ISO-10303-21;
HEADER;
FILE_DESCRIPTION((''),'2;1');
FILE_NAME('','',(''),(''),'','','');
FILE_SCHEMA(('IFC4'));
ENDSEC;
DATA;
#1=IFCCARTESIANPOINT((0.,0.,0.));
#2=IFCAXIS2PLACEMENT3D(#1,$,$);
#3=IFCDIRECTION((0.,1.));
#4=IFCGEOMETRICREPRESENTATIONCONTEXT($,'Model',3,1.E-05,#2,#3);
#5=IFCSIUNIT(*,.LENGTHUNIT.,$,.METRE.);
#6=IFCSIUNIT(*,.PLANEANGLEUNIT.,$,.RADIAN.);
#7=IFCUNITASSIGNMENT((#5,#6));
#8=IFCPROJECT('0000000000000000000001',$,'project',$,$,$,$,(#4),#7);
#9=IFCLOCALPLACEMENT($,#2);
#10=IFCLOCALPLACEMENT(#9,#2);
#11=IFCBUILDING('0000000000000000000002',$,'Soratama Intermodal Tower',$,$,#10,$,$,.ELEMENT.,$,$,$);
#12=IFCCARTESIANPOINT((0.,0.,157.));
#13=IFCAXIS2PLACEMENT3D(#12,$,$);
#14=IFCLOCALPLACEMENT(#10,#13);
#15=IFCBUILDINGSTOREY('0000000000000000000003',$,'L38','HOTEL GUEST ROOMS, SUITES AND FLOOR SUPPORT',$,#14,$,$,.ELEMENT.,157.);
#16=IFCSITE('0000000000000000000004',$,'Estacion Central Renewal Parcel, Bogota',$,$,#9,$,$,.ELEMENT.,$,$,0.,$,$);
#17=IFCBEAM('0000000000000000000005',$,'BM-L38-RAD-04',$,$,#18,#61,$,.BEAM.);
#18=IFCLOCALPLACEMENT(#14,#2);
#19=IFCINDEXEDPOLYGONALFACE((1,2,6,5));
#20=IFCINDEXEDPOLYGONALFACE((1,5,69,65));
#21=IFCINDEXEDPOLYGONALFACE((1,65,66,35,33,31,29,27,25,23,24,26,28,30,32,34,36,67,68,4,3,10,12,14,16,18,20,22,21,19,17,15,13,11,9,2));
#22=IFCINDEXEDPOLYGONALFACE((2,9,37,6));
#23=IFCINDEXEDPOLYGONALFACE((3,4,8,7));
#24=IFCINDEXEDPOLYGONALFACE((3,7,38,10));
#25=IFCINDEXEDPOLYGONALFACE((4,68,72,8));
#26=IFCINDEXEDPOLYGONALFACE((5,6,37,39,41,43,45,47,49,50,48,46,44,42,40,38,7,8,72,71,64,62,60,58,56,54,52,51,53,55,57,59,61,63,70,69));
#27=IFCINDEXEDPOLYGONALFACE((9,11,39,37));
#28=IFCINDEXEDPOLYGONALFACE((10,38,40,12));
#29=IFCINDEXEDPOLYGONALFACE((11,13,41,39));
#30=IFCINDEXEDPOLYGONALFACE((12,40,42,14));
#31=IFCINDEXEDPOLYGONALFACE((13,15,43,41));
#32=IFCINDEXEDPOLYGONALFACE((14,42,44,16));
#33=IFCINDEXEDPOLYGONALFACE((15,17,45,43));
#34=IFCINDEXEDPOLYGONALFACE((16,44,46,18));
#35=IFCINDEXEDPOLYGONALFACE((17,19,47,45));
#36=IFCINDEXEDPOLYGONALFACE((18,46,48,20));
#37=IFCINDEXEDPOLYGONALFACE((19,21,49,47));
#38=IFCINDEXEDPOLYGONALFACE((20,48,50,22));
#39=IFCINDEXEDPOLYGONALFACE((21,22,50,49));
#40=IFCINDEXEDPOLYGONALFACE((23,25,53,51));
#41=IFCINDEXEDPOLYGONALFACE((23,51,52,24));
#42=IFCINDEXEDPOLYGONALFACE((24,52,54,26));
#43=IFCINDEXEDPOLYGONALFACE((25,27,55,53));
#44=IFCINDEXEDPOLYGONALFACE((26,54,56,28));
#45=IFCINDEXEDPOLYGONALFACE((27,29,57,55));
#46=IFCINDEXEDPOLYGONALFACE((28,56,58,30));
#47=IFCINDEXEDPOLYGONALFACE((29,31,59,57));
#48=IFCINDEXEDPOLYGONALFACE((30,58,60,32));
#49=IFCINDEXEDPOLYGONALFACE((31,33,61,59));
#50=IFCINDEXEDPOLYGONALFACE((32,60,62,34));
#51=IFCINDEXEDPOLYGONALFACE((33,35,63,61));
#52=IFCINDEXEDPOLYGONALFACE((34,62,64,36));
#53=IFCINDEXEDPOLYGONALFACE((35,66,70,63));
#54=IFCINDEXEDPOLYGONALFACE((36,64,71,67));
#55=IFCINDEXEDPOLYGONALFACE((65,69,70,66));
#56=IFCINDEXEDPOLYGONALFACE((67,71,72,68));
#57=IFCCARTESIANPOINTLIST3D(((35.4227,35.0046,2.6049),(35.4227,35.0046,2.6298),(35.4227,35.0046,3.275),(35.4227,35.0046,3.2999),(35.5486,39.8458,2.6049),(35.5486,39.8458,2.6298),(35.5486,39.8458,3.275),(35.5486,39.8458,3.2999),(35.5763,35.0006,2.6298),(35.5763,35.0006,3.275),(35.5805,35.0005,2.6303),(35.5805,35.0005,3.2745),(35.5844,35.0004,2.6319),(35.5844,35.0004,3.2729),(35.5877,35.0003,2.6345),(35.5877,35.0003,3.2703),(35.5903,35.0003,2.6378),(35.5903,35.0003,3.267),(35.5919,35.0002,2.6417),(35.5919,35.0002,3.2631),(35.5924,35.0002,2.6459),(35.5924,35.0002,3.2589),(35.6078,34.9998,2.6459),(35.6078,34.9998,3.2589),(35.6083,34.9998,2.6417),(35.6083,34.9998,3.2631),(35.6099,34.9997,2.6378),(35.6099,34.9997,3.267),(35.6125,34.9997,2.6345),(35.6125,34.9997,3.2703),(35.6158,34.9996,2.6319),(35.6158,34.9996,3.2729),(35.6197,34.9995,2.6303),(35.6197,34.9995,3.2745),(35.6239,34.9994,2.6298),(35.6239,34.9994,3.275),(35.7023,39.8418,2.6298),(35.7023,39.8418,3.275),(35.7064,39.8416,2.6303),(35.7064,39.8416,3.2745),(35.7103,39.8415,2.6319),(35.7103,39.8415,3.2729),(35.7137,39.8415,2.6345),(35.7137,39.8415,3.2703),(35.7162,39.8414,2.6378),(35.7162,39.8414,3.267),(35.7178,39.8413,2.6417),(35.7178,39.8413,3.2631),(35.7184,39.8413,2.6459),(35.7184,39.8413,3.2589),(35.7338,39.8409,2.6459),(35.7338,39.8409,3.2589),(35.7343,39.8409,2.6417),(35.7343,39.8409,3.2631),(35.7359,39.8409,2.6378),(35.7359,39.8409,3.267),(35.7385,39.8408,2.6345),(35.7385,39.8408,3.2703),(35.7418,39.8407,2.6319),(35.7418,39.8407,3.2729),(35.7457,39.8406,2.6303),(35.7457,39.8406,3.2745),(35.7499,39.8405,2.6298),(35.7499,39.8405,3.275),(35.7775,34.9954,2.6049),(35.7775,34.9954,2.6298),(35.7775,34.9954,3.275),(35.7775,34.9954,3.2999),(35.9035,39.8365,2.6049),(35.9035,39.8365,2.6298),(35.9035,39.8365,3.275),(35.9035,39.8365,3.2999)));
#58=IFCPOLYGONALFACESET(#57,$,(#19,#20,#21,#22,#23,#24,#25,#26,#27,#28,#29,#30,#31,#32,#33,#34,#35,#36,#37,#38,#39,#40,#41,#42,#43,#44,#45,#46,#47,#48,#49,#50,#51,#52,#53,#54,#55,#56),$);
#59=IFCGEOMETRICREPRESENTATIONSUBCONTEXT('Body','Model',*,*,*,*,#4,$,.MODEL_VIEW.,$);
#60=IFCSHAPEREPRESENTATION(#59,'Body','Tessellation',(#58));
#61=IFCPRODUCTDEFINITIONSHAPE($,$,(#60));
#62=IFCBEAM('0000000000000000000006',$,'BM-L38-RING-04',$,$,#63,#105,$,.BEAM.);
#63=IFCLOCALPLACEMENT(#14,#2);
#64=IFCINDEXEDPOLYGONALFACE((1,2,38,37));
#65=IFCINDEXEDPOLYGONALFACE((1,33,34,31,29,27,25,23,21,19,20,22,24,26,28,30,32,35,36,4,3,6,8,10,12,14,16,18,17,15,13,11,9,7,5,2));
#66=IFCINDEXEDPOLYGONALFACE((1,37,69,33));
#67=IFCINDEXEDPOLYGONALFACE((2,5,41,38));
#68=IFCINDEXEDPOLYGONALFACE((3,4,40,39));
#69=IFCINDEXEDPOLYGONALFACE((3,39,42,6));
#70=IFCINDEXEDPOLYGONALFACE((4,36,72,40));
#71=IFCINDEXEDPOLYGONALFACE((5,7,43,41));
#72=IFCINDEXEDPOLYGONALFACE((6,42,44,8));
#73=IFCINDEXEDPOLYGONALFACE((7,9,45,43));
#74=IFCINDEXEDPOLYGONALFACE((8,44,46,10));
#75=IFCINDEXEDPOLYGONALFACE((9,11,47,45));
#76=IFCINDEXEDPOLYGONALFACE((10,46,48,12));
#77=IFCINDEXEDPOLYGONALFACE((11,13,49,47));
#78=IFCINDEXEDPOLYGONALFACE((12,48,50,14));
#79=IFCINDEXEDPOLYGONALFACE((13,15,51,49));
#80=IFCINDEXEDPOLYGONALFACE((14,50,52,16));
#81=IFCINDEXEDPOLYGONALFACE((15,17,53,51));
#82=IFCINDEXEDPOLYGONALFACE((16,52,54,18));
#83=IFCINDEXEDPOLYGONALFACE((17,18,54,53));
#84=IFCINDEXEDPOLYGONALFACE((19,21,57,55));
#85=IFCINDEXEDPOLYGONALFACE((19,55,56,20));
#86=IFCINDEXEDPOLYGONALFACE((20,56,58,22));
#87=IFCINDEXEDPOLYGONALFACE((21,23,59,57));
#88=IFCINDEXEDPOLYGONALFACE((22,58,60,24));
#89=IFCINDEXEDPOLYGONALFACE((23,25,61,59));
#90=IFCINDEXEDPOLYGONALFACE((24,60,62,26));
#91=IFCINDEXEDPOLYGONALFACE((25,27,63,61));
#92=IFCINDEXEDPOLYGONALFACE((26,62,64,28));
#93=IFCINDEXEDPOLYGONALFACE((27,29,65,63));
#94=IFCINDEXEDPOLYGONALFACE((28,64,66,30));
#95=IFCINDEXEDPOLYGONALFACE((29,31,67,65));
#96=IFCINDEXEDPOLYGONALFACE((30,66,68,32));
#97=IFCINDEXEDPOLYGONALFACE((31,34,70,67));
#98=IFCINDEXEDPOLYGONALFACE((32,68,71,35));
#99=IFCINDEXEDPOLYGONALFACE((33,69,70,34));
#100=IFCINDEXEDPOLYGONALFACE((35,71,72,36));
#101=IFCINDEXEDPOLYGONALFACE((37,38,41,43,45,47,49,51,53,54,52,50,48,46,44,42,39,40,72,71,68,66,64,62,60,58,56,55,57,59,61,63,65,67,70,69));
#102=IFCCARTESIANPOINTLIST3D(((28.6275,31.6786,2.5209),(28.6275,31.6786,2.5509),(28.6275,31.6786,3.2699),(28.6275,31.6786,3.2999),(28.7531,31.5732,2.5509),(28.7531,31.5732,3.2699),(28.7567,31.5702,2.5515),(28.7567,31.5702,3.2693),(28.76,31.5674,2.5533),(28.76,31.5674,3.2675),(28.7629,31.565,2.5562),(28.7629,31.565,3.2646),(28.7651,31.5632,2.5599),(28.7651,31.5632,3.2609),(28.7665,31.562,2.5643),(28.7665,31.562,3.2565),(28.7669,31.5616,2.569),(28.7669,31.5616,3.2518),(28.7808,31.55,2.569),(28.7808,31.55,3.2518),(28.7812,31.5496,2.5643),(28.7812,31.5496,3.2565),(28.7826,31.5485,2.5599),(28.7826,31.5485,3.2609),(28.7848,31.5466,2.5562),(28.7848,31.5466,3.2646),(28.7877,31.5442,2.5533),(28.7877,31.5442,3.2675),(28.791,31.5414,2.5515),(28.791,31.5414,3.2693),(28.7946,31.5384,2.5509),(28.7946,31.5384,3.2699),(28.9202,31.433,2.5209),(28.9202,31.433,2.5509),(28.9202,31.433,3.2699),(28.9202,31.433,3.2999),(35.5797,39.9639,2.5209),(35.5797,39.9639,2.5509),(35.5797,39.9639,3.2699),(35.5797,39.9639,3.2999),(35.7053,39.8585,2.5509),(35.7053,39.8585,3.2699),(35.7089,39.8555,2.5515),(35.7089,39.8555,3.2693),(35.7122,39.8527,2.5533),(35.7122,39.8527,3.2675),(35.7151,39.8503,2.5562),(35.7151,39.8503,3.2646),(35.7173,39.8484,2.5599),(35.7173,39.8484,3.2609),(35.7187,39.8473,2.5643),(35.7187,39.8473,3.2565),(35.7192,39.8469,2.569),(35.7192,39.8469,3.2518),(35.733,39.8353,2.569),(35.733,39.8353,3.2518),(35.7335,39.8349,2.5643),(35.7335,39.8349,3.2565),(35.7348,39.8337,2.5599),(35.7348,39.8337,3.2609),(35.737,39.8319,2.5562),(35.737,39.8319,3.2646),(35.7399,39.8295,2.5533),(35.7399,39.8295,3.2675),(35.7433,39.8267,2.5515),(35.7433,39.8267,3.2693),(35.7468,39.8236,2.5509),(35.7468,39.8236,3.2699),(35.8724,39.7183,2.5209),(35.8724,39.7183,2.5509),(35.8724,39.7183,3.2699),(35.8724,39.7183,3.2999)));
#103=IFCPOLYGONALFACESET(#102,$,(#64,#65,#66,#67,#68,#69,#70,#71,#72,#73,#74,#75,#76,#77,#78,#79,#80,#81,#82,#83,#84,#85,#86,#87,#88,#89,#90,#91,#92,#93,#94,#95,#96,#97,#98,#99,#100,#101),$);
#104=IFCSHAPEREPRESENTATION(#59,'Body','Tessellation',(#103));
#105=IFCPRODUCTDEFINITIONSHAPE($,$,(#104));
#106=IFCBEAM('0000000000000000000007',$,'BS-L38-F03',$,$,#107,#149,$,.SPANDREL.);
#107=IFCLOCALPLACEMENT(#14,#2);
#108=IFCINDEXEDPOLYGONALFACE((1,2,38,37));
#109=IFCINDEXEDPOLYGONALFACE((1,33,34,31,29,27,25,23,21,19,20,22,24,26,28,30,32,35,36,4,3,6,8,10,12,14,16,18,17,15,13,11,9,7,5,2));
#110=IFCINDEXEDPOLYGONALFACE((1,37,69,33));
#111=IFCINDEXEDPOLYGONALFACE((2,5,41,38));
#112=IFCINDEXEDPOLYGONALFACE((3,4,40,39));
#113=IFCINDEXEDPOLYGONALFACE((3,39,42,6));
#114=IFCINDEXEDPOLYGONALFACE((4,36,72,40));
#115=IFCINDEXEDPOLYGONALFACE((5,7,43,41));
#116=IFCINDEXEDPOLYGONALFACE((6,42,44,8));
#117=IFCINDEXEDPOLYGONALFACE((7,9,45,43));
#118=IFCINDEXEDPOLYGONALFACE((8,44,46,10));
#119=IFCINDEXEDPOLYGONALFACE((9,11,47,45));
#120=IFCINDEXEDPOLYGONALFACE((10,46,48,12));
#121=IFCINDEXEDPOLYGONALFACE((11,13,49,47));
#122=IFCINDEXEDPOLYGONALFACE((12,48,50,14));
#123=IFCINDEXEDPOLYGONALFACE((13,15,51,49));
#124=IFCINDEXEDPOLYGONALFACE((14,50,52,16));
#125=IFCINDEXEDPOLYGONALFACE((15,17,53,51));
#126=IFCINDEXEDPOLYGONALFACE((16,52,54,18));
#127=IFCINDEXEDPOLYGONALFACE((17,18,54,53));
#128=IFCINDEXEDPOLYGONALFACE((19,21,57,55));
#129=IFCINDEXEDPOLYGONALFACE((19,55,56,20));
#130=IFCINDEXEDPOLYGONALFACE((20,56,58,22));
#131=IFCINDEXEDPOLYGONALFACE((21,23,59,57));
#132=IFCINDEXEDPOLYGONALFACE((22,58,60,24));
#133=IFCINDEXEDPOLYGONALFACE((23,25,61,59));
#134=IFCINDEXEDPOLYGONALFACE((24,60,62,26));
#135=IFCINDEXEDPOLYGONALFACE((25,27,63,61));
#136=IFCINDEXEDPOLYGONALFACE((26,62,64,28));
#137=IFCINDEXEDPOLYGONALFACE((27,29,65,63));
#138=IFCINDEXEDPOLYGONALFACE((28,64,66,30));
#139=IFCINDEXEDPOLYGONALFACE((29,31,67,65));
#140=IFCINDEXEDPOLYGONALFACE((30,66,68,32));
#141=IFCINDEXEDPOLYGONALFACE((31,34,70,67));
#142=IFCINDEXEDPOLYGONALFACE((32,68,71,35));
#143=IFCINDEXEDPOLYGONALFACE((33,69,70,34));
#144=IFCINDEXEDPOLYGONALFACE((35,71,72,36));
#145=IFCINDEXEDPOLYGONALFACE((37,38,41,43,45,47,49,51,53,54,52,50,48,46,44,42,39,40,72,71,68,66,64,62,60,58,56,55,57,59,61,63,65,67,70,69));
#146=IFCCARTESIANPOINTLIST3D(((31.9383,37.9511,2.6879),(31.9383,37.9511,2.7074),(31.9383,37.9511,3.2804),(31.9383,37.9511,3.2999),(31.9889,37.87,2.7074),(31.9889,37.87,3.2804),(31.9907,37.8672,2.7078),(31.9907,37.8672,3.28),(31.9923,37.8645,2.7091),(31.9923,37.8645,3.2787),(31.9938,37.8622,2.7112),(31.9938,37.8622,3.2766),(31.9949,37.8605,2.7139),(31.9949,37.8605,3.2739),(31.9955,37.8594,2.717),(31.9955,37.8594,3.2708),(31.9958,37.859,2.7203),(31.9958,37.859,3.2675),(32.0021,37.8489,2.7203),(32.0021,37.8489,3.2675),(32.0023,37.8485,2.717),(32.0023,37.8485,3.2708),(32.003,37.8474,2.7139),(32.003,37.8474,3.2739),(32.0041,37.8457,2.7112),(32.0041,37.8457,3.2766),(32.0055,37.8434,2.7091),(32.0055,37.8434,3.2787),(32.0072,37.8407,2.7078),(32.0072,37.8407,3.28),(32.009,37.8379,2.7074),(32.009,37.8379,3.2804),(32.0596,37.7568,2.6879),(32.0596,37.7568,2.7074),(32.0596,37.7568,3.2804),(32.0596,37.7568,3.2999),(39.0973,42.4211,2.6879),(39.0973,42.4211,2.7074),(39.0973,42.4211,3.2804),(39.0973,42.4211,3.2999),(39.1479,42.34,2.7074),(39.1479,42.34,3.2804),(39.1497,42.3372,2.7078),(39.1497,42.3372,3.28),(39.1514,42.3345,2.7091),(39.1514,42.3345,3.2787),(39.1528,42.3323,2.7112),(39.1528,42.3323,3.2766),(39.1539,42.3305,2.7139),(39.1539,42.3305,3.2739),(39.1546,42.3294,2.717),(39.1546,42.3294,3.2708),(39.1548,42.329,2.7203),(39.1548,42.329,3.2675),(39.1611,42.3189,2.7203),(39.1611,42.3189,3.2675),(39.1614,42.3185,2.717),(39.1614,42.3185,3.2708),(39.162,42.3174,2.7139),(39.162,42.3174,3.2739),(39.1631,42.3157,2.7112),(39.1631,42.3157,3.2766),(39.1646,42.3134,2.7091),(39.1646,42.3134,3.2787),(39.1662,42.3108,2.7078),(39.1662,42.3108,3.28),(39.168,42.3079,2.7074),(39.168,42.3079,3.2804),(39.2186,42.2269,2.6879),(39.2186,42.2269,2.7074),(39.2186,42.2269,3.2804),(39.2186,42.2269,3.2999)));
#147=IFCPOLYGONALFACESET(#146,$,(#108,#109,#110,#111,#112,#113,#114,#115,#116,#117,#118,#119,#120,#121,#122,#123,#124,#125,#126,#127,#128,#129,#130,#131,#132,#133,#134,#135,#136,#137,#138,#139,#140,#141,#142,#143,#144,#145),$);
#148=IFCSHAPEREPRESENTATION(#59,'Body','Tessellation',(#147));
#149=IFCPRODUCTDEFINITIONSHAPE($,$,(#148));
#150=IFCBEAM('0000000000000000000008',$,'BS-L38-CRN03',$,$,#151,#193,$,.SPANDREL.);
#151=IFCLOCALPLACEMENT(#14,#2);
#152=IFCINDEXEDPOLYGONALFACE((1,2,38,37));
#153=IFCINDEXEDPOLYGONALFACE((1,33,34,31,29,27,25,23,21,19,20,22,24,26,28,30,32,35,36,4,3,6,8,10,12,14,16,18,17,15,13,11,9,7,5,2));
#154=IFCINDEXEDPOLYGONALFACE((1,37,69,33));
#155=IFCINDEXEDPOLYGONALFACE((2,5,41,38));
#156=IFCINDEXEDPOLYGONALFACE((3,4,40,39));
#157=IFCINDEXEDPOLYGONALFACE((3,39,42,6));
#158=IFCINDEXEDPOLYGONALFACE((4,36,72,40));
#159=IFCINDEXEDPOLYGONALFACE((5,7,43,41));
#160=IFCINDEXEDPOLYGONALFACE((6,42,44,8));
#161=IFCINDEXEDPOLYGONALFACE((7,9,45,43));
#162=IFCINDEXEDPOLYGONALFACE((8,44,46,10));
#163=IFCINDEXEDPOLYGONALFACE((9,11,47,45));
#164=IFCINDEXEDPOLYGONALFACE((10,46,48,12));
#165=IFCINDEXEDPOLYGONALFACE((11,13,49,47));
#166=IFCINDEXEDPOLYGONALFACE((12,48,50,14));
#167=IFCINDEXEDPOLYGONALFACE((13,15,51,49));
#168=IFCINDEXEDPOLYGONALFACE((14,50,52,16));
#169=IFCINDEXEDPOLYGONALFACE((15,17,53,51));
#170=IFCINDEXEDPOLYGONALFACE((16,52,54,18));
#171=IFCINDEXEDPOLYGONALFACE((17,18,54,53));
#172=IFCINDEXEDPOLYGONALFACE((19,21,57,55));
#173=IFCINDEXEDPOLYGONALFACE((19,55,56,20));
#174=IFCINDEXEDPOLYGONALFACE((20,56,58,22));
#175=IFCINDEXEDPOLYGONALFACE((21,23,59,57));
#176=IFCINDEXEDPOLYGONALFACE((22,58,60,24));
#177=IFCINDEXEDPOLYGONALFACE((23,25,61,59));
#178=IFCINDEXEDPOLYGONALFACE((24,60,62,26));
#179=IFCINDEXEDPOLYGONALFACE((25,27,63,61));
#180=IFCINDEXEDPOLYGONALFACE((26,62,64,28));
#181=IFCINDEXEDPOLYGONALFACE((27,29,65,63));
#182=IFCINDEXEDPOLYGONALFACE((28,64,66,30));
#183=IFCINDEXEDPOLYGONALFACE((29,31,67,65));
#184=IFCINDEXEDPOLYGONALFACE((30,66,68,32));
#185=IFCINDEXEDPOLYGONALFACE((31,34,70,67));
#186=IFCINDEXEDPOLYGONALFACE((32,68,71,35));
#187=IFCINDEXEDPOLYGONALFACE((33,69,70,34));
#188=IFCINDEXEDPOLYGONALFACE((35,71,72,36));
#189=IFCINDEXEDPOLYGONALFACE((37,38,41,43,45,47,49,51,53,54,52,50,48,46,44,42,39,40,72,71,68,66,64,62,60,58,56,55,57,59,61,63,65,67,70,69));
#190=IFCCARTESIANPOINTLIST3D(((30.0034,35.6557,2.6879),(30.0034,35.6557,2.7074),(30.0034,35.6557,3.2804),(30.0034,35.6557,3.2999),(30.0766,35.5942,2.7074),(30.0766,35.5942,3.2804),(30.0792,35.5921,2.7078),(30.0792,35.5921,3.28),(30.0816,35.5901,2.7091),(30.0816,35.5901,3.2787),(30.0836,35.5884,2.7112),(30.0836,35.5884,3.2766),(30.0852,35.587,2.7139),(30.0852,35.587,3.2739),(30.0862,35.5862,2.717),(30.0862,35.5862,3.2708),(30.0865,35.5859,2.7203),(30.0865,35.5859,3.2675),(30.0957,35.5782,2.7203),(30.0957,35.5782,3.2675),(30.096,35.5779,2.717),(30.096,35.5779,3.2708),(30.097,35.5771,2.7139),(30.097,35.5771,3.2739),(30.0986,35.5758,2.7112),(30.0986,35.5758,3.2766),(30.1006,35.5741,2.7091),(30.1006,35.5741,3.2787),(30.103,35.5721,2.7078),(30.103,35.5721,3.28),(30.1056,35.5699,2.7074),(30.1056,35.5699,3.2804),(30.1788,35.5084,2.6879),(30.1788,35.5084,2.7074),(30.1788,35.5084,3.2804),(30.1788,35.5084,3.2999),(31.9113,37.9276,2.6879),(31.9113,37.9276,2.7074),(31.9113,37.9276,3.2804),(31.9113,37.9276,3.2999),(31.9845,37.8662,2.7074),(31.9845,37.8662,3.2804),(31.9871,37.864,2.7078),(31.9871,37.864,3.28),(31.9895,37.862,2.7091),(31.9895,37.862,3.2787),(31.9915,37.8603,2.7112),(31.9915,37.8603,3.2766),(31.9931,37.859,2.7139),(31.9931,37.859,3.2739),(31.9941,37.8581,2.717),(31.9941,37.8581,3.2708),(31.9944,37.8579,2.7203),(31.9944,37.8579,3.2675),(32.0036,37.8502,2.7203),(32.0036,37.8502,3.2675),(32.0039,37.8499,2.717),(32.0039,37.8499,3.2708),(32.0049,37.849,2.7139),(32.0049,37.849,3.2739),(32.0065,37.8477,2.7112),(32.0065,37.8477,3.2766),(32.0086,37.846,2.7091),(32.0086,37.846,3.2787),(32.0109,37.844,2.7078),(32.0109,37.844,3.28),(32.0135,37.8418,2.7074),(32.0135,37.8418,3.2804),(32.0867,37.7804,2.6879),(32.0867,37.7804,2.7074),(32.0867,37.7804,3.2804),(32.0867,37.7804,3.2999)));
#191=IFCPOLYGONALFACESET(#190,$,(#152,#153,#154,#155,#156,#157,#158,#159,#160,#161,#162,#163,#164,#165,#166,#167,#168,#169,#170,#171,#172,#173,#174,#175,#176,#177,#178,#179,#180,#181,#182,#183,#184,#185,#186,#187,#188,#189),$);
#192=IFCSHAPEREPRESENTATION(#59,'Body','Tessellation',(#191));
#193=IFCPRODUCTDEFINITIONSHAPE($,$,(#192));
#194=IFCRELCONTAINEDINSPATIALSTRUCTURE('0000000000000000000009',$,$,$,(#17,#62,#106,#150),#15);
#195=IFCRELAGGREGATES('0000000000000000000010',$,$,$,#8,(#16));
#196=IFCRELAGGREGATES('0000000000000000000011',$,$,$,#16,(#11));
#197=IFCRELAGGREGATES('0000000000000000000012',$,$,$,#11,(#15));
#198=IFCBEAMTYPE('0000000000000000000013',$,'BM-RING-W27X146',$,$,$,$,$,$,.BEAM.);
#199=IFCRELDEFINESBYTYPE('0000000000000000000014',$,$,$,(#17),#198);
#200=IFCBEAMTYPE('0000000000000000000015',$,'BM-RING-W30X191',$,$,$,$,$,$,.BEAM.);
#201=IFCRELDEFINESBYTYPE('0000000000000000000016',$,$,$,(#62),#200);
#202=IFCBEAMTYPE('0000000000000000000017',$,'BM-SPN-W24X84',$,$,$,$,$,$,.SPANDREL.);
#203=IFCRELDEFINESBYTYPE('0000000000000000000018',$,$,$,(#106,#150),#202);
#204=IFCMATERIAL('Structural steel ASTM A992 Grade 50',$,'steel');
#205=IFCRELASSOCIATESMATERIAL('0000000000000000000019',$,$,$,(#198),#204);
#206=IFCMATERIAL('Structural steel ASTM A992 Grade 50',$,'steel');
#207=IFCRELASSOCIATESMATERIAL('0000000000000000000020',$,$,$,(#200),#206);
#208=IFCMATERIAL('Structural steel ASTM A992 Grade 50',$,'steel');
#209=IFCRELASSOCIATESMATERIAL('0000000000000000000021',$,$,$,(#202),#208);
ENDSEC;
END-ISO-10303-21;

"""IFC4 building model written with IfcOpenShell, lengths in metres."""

from ifc_helpers import new_model, si_unit, direction, frame, origin, origin_2d, place, context, subcontext, project, spatial, i_section, extrude, material, material_profile, profile_set, type_object, element, save


model = new_model("IFC4")

# Units and contexts
model_context = context("Model", 3, precision=1e-05, world=origin(), true_north=direction((0.0, 1.0)))
body_context = subcontext(model_context, "Body", "Model", "MODEL_VIEW")
ifc_project = project(units=[si_unit("LENGTHUNIT", "METRE"), si_unit("PLANEANGLEUNIT", "RADIAN")], contexts=[model_context])

# Site, building, storey
site_placement = place(None, origin())
site = spatial("IfcSite", under=ifc_project, at=site_placement, Name="Estacion Central Renewal Parcel, Bogota", CompositionType="ELEMENT", RefElevation=0.0)
building_placement = place(site_placement, origin())
building = spatial("IfcBuilding", under=site, at=building_placement, Name="Soratama Intermodal Tower", CompositionType="ELEMENT")
storey_placement = place(building_placement, frame((0.0, 0.0, 157.0)))
storey = spatial("IfcBuildingStorey", under=building, at=storey_placement, Name="L38", Description="HOTEL GUEST ROOMS, SUITES AND FLOOR SUPPORT", CompositionType="ELEMENT", Elevation=157.0)

# Beams
ifc_material_1 = material(Name="Structural steel ASTM A992 Grade 50", Category="steel")
ifc_material_profile_1 = material_profile(ifc_material_1, i_section(OverallWidth=0.355, OverallDepth=0.6951, WebThickness=0.0154, FlangeThickness=0.0249, FilletRadius=0.0161, at=origin_2d()), Name="W27X146")
ifc_profile_set_1 = profile_set([ifc_material_profile_1], Name="Structural steel ASTM A992 Grade 50")
beam_type_1 = type_object("IfcBeamType", Name="BM-RING-W27X146", PredefinedType="BEAM", material=ifc_profile_set_1)
beam_1_placement = place(storey_placement, frame((35.6001, 35.0, 2.9524), z_axis=(0.026014, 0.999662, 0.0), x_axis=(-0.999662, 0.026014, 0.0)))
element("IfcBeam", 1, at=beam_1_placement, inside=storey, type_object=beam_type_1, Name="BM-L38-RAD-04", PredefinedType="BEAM", context=body_context, shape_type="SweptSolid", body=[
    extrude(i_section(OverallWidth=0.355, OverallDepth=0.6951, WebThickness=0.0154, FlangeThickness=0.0249, FilletRadius=0.0161, at=origin_2d()), origin(), (0.0, 0.0, 1.0), 4.8428),
])
ifc_material_2 = material(Name="Structural steel ASTM A992 Grade 50", Category="steel")
ifc_material_profile_2 = material_profile(ifc_material_2, i_section(OverallWidth=0.3821, OverallDepth=0.7791, WebThickness=0.0181, FlangeThickness=0.03, FilletRadius=0.0181, at=origin_2d()), Name="W30X191")
ifc_profile_set_2 = profile_set([ifc_material_profile_2], Name="Structural steel ASTM A992 Grade 50")
beam_type_2 = type_object("IfcBeamType", Name="BM-RING-W30X191", PredefinedType="BEAM", material=ifc_profile_set_2)
beam_2_placement = place(storey_placement, frame((35.7261, 39.8411, 2.9104), z_axis=(-0.642792, -0.766041, 0.0), x_axis=(0.766041, -0.642792, 0.0)))
element("IfcBeam", 2, at=beam_2_placement, inside=storey, type_object=beam_type_2, Name="BM-L38-RING-04", PredefinedType="BEAM", context=body_context, shape_type="SweptSolid", body=[
    extrude(i_section(OverallWidth=0.3821, OverallDepth=0.7791, WebThickness=0.0181, FlangeThickness=0.03, FilletRadius=0.0181, at=origin_2d()), origin(), (0.0, 0.0, 1.0), 10.8157),
])
ifc_material_3 = material(Name="Structural steel ASTM A992 Grade 50", Category="steel")
ifc_material_profile_3 = material_profile(ifc_material_3, i_section(OverallWidth=0.229, OverallDepth=0.6121, WebThickness=0.012, FlangeThickness=0.0195, FilletRadius=0.0129, at=origin_2d()), Name="W24X84")
ifc_profile_set_3 = profile_set([ifc_material_profile_3], Name="Structural steel ASTM A992 Grade 50")
beam_type_3 = type_object("IfcBeamType", Name="BM-SPN-W24X84", PredefinedType="SPANDREL", material=ifc_profile_set_3)
beam_3_placement = place(storey_placement, frame((39.158, 42.324, 2.9939), z_axis=(-0.848231, -0.529627, 0.0), x_axis=(0.529627, -0.848231, 0.0)))
element("IfcBeam", 3, at=beam_3_placement, inside=storey, type_object=beam_type_3, Name="BS-L38-F03", PredefinedType="SPANDREL", context=body_context, shape_type="SweptSolid", body=[
    extrude(i_section(OverallWidth=0.229, OverallDepth=0.6121, WebThickness=0.012, FlangeThickness=0.0195, FilletRadius=0.0129, at=origin_2d()), origin(), (0.0, 0.0, 1.0), 8.4399),
])
beam_4_placement = place(storey_placement, frame((31.999, 37.854, 2.9939), z_axis=(-0.643094, -0.765788, 0.0), x_axis=(0.765788, -0.643094, 0.0)))
element("IfcBeam", 4, at=beam_4_placement, inside=storey, type_object=beam_type_3, Name="BS-L38-CRN03", PredefinedType="SPANDREL", context=body_context, shape_type="SweptSolid", body=[
    extrude(i_section(OverallWidth=0.229, OverallDepth=0.6121, WebThickness=0.012, FlangeThickness=0.0195, FilletRadius=0.0129, at=origin_2d()), origin(), (0.0, 0.0, 1.0), 2.9668),
])

save(model, "model.ifc")
